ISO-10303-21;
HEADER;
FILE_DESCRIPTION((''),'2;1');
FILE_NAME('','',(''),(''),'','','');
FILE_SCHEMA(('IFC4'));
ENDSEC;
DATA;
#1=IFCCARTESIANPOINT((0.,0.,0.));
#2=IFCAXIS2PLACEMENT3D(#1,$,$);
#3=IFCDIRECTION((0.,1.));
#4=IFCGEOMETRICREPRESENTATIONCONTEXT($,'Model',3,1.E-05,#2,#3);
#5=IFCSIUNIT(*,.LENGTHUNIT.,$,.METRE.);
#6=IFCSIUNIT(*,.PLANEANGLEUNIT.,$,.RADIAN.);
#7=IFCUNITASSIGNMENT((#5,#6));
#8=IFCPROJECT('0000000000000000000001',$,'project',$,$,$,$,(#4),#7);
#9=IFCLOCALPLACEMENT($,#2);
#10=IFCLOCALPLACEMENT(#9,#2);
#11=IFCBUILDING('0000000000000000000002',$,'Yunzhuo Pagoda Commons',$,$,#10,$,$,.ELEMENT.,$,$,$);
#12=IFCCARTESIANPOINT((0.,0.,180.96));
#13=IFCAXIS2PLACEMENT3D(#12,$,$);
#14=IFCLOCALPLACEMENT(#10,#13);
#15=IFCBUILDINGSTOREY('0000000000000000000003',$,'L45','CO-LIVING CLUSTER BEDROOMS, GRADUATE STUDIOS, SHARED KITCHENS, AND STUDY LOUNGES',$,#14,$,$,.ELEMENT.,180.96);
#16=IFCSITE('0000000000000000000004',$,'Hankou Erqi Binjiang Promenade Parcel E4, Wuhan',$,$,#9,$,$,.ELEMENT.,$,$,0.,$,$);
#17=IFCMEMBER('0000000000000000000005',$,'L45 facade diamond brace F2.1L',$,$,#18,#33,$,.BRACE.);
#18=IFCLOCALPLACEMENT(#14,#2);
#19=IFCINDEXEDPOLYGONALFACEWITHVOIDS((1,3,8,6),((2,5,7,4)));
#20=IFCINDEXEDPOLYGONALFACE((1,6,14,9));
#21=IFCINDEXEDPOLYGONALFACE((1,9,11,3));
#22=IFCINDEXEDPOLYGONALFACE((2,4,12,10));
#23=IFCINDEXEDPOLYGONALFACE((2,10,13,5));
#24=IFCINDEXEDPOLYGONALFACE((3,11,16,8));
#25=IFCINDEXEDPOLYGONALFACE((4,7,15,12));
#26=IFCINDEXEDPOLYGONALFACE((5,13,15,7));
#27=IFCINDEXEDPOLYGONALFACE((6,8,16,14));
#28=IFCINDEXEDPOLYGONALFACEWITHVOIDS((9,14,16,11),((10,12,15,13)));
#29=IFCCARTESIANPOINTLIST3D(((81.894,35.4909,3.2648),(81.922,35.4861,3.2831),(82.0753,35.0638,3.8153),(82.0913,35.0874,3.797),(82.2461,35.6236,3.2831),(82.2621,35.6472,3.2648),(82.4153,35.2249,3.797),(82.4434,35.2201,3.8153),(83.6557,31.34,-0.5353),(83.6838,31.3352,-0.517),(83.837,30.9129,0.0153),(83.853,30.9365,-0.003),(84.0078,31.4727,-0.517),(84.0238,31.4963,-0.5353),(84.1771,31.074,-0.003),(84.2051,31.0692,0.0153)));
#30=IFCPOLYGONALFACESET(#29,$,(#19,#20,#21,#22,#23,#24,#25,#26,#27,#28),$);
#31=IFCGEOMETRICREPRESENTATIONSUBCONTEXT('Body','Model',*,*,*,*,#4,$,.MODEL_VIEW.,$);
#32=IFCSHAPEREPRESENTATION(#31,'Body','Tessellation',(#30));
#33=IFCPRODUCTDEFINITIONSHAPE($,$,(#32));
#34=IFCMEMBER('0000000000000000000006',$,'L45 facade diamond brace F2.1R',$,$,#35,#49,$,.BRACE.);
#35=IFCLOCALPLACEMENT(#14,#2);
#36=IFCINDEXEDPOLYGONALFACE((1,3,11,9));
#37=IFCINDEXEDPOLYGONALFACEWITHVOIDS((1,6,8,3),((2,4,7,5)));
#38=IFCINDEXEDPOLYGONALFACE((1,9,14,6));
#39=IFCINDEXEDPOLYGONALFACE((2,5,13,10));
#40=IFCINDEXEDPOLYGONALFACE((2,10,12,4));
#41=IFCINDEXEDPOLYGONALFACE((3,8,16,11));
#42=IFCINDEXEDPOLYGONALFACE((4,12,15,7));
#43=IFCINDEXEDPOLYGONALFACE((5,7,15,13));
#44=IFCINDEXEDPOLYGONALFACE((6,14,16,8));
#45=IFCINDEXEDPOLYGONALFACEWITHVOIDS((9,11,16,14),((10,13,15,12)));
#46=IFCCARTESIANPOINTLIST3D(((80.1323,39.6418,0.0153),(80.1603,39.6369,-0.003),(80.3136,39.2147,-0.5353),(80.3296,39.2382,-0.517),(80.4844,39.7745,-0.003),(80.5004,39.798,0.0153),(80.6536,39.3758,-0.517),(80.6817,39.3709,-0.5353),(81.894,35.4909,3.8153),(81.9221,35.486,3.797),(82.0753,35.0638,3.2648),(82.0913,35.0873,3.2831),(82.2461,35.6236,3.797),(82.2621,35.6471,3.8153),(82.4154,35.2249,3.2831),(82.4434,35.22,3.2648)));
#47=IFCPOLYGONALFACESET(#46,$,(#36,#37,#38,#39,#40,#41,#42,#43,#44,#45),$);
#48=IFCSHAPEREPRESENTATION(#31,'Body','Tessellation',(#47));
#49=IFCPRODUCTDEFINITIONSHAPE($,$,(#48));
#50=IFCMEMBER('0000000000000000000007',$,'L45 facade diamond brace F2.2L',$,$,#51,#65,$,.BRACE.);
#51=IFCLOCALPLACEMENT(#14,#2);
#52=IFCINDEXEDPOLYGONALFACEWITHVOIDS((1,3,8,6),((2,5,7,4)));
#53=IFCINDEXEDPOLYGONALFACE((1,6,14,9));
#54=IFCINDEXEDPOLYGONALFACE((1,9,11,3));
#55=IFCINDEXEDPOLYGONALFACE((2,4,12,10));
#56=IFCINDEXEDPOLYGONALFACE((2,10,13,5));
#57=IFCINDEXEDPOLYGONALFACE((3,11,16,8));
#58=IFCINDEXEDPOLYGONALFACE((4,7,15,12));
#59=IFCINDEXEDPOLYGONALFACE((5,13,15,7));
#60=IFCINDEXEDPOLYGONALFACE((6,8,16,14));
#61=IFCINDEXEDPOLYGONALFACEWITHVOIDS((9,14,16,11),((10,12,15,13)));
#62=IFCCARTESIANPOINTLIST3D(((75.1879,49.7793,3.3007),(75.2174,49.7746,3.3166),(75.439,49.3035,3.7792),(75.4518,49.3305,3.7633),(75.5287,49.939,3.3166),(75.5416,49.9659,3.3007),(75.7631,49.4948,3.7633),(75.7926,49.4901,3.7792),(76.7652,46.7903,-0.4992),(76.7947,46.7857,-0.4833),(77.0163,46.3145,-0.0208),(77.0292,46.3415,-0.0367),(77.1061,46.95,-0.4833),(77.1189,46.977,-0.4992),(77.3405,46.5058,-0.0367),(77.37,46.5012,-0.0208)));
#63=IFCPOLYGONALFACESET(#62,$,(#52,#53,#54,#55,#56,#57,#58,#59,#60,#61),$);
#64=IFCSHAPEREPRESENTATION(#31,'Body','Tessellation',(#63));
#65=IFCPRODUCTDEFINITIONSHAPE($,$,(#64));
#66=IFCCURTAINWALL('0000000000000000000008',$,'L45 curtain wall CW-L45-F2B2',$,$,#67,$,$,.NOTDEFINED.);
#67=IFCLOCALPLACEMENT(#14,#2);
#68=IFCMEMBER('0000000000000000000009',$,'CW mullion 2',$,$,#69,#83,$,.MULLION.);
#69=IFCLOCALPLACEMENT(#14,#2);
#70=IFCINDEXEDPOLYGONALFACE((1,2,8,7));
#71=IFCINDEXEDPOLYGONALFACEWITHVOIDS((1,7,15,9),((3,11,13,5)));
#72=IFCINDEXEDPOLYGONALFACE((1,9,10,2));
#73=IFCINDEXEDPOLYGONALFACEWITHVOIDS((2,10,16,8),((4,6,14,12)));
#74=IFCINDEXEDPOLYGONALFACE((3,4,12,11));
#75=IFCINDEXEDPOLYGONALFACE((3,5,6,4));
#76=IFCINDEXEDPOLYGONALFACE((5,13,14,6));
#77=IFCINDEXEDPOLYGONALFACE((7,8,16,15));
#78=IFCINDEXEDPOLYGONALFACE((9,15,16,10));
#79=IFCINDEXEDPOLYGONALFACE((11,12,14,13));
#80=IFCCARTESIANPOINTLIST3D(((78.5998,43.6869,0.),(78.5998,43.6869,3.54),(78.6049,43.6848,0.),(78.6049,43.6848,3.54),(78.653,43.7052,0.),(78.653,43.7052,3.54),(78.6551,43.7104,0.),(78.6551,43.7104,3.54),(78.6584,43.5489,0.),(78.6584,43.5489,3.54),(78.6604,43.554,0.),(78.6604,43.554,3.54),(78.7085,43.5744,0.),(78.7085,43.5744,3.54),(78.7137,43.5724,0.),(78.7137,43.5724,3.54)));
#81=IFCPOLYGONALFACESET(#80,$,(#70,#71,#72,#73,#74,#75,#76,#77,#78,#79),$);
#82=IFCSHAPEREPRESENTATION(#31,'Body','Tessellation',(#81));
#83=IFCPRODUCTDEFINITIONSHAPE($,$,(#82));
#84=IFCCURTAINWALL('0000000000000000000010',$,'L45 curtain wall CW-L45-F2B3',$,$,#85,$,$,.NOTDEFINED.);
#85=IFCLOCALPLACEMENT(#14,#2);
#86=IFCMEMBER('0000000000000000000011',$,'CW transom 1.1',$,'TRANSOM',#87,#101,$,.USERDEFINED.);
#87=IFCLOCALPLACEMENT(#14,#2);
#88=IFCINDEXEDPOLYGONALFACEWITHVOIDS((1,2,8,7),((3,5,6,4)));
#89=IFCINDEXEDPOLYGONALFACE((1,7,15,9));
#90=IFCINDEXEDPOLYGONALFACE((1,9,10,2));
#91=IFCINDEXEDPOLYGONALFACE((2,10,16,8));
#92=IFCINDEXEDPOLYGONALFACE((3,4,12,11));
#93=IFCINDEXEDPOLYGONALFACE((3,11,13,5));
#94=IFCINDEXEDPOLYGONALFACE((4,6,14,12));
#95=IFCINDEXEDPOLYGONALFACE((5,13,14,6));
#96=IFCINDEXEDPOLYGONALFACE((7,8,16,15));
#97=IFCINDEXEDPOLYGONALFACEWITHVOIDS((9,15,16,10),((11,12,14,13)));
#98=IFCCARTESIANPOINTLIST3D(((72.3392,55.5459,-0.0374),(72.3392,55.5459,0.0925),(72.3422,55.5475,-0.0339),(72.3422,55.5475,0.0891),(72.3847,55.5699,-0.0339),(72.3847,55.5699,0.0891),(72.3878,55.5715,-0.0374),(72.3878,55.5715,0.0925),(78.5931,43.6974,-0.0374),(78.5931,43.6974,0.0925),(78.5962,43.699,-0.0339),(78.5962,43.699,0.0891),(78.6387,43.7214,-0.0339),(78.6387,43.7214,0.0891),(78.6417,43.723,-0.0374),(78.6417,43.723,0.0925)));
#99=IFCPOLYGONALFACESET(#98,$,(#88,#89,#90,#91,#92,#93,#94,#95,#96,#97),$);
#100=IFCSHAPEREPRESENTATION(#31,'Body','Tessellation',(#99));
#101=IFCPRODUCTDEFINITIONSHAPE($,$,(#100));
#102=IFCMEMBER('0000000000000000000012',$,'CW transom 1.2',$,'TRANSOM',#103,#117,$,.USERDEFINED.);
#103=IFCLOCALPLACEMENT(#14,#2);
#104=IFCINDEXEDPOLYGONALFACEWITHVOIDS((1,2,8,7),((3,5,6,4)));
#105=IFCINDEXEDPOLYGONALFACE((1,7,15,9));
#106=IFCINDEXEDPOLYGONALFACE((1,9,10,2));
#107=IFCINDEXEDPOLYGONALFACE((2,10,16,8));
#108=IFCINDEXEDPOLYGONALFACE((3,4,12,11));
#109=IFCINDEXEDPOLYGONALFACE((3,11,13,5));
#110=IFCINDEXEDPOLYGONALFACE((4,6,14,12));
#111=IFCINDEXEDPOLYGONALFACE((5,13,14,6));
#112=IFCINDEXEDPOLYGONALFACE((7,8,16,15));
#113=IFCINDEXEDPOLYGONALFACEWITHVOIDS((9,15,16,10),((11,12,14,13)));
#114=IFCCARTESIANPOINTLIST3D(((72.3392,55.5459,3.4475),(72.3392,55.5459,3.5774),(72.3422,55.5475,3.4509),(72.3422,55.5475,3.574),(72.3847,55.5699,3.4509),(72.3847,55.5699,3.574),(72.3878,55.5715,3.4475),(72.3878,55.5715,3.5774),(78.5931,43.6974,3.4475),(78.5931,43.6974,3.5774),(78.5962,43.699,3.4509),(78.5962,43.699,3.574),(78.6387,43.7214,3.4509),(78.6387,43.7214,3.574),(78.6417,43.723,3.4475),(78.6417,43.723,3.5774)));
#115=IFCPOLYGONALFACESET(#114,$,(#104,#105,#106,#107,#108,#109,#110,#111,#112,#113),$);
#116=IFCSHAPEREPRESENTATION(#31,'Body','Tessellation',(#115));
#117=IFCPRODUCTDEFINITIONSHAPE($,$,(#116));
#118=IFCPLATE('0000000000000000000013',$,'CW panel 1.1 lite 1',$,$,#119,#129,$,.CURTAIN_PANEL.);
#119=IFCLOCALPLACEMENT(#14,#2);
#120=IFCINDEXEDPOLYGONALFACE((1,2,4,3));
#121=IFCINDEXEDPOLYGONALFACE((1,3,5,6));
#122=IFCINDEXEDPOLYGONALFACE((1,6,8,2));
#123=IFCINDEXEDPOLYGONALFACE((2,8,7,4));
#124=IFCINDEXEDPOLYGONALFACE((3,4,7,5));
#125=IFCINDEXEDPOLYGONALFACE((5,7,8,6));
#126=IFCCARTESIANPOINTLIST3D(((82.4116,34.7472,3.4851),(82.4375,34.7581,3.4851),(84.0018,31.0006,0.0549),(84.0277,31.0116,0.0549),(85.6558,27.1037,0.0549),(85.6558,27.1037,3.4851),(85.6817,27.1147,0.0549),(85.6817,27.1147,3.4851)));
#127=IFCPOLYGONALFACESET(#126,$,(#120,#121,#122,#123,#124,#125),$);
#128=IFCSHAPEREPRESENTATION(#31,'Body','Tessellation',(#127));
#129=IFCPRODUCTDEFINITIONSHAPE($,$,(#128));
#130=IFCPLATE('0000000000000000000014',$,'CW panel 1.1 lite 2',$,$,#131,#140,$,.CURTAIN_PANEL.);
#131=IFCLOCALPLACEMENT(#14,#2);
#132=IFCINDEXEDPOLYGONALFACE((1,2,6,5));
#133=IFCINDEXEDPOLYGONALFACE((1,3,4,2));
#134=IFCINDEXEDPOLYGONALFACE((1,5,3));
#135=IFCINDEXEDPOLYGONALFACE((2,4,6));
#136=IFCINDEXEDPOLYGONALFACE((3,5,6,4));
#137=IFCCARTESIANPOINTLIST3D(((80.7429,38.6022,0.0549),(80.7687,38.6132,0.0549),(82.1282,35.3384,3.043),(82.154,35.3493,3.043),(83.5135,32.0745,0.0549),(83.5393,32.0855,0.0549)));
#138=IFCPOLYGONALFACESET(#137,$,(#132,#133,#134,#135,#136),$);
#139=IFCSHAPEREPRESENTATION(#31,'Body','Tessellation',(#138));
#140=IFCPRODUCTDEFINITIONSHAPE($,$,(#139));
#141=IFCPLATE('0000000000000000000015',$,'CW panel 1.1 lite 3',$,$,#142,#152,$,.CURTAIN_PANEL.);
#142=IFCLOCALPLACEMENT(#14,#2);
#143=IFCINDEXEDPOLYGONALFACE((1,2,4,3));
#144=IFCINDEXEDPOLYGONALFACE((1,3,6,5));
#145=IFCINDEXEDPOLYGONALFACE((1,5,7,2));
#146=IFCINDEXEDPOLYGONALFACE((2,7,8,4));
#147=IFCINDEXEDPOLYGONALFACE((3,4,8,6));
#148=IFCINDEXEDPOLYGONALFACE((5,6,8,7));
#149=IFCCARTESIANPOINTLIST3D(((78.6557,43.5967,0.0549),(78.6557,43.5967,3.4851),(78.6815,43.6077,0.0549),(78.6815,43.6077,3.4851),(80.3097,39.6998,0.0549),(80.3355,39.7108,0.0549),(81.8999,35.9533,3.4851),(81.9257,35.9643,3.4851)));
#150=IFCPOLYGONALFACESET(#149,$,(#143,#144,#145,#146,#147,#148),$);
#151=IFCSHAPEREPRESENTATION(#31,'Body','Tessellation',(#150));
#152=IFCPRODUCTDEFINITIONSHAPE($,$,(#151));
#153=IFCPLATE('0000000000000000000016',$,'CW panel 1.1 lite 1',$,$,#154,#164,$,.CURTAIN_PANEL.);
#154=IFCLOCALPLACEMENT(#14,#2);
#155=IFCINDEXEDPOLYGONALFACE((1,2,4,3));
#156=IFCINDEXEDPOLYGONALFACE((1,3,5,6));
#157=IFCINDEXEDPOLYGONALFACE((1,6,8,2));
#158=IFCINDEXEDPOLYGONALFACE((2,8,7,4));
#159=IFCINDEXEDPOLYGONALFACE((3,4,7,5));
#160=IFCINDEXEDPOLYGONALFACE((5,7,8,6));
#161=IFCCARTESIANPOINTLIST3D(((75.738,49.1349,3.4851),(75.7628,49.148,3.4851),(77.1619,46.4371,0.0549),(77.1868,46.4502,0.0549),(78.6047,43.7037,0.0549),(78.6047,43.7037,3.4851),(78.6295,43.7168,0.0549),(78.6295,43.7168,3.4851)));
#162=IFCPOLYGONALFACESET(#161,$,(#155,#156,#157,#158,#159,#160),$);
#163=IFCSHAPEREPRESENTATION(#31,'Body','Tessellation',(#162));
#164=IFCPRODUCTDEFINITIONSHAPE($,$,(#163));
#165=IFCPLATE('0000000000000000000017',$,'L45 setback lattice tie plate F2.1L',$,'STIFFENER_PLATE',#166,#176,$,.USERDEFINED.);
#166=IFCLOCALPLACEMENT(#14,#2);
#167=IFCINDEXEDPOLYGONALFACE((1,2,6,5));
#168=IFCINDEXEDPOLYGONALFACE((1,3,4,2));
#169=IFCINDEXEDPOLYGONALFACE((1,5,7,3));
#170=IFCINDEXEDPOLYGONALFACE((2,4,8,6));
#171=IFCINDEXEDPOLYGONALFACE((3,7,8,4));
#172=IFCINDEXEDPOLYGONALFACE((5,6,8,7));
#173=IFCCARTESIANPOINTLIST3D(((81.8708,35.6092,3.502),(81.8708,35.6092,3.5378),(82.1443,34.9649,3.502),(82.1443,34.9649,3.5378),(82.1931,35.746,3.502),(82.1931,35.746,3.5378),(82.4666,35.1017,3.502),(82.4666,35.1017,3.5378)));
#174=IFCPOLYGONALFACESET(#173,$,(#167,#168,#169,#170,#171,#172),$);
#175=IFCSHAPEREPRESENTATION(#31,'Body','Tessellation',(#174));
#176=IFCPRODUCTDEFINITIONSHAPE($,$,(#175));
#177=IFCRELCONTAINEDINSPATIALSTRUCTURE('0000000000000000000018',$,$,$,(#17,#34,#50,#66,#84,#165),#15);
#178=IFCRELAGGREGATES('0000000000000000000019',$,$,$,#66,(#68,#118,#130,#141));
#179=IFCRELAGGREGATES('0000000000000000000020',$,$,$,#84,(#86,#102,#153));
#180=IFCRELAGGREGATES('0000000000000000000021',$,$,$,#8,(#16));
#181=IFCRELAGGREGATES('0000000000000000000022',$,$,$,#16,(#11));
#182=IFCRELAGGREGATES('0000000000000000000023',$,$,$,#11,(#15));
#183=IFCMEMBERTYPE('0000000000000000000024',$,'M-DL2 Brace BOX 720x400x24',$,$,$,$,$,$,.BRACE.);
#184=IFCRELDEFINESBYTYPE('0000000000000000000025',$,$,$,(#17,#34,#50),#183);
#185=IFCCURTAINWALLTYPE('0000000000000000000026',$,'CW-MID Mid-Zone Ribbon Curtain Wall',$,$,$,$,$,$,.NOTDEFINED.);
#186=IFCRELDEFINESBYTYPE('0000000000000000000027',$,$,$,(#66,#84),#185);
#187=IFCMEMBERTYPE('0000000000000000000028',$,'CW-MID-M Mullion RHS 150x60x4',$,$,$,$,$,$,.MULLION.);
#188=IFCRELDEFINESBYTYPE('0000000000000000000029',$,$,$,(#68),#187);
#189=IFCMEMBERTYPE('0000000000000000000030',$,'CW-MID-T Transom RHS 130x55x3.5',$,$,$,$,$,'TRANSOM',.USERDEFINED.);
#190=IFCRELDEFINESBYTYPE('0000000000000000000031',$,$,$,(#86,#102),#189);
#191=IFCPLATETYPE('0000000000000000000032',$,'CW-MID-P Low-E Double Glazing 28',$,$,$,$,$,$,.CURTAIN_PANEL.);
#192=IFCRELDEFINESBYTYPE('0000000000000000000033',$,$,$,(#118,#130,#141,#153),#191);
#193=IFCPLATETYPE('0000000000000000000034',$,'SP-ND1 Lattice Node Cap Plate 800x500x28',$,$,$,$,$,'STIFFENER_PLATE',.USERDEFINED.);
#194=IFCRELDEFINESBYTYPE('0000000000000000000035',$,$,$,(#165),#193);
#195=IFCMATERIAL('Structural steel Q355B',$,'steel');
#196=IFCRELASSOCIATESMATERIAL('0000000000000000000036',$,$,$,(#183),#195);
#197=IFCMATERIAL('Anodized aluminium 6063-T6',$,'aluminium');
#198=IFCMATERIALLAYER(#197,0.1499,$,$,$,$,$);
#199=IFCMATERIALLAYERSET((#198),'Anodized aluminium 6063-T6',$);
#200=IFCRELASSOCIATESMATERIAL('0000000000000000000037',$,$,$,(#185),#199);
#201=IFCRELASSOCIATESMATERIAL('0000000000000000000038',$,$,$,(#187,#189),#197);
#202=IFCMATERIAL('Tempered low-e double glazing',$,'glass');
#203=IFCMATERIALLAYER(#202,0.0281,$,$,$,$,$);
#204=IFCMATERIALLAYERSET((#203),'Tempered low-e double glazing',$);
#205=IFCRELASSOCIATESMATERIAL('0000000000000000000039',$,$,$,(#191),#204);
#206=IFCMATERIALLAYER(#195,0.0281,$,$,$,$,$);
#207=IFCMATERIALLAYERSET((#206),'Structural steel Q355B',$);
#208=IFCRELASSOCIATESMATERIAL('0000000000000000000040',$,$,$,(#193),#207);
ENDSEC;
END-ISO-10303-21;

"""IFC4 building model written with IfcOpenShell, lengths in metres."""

from ifc_helpers import new_model, si_unit, direction, frame, origin, origin_2d, place, context, subcontext, project, spatial, polyline, rectangle, hollow_rectangle, outline, extrude, source, transform, mapped, material, layer, layer_set, material_profile, profile_set, type_object, element, aggregate, save


model = new_model("IFC4")

# Units and contexts
model_context = context("Model", 3, precision=1e-05, world=origin(), true_north=direction((0.0, 1.0)))
body_context = subcontext(model_context, "Body", "Model", "MODEL_VIEW")
ifc_project = project(units=[si_unit("LENGTHUNIT", "METRE"), si_unit("PLANEANGLEUNIT", "RADIAN")], contexts=[model_context])

# Site, building, storey
site_placement = place(None, origin())
site = spatial("IfcSite", under=ifc_project, at=site_placement, Name="Hankou Erqi Binjiang Promenade Parcel E4, Wuhan", CompositionType="ELEMENT", RefElevation=0.0)
building_placement = place(site_placement, origin())
building = spatial("IfcBuilding", under=site, at=building_placement, Name="Yunzhuo Pagoda Commons", CompositionType="ELEMENT")
storey_placement = place(building_placement, frame((0.0, 0.0, 180.96)))
storey = spatial("IfcBuildingStorey", under=building, at=storey_placement, Name="L45", Description="CO-LIVING CLUSTER BEDROOMS, GRADUATE STUDIOS, SHARED KITCHENS, AND STUDY LOUNGES", CompositionType="ELEMENT", Elevation=180.96)

# Shared definitions
ifc_material_1 = material(Name="Structural steel Q355B", Category="steel")

# Members
ifc_material_profile_1 = material_profile(ifc_material_1, hollow_rectangle(XDim=0.3999, YDim=0.72, WallThickness=0.0239, at=origin_2d()), Name="Structural steel Q355B")
ifc_profile_set_1 = profile_set([ifc_material_profile_1], Name="Structural steel Q355B")
member_type_1 = type_object("IfcMemberType", Name="M-DL2 Brace BOX 720x400x24", PredefinedType="BRACE", material=ifc_profile_set_1)
shared_shape_1 = source(origin(), body_context, "Body", "SweptSolid", [
    extrude(hollow_rectangle(XDim=0.3999, YDim=0.72, WallThickness=0.0239, at=origin_2d()), origin(), (0.0, 0.0, 1.0), 5.897),
])
for number, where, z_axis, x_axis, name in (
    (1, (83.9304, 31.2046, -0.26), (-0.298752, 0.703905, 0.644411), (-0.920523, -0.390689, 0.0), "L45 facade diamond brace F2.1L"),
    (2, (80.407, 39.5063, -0.26), (0.298752, -0.703905, 0.644411), (0.920523, 0.390689, 0.0), "L45 facade diamond brace F2.1R"),
):
    element("IfcMember", number, at=place(storey_placement, frame(where, z_axis=z_axis, x_axis=x_axis)), inside=storey, type_object=member_type_1, Name=name, PredefinedType="BRACE", context=body_context, shape_type="MappedRepresentation", body=[
        mapped(shared_shape_1, transform((0.0, 0.0, 0.0), scale=1.0)),
    ])
shared_shape_2 = source(origin(), body_context, "Body", "SweptSolid", [
    extrude(hollow_rectangle(XDim=0.3999, YDim=0.72, WallThickness=0.0239, at=origin_2d()), origin(), (0.0, 0.0, 1.0), 5.0854),
])
member_1_placement = place(storey_placement, frame((77.0676, 46.6458, -0.26), z_axis=(-0.310172, 0.587747, 0.747226), x_axis=(-0.884402, -0.466726, 0.0)))
element("IfcMember", 3, at=member_1_placement, inside=storey, type_object=member_type_1, Name="L45 facade diamond brace F2.2L", PredefinedType="BRACE", context=body_context, shape_type="MappedRepresentation", body=[
    mapped(shared_shape_2, transform((0.0, 0.0, 0.0), scale=1.0)),
])

# Curtain wall, member
ifc_material_2 = material(Name="Anodized aluminium 6063-T6", Category="aluminium")
ifc_layer_1 = layer(ifc_material_2, 0.1499)
ifc_layer_set_1 = layer_set([ifc_layer_1], Name="Anodized aluminium 6063-T6")
curtain_wall_type = type_object("IfcCurtainWallType", Name="CW-MID Mid-Zone Ribbon Curtain Wall", PredefinedType="NOTDEFINED", material=ifc_layer_set_1)
curtain_wall_1_placement = place(storey_placement, origin())
curtain_wall_1 = element("IfcCurtainWall", 4, at=curtain_wall_1_placement, inside=storey, type_object=curtain_wall_type, Name="L45 curtain wall CW-L45-F2B2", PredefinedType="NOTDEFINED")
ifc_material_profile_2 = material_profile(ifc_material_2, hollow_rectangle(XDim=0.0601, YDim=0.1499, WallThickness=0.0039, at=origin_2d()), Name="Anodized aluminium 6063-T6")
ifc_profile_set_2 = profile_set([ifc_material_profile_2], Name="Anodized aluminium 6063-T6")
member_type_2 = type_object("IfcMemberType", Name="CW-MID-M Mullion RHS 150x60x4", PredefinedType="MULLION", material=ifc_profile_set_2)
shared_shape_3 = source(origin(), body_context, "Body", "SweptSolid", [
    extrude(hollow_rectangle(XDim=0.0601, YDim=0.1499, WallThickness=0.0039, at=origin_2d()), origin(), (0.0, 0.0, 1.0), 3.54),
])
member_2_placement = place(storey_placement, frame((78.6567, 43.6296, 0.0), z_axis=(0.0, 0.0, 1.0), x_axis=(-0.920515, -0.390706, 0.0)))
member_2 = element("IfcMember", 5, at=member_2_placement, type_object=member_type_2, Name="CW mullion 2", PredefinedType="MULLION", context=body_context, shape_type="MappedRepresentation", body=[
    mapped(shared_shape_3, transform((0.0, 0.0, 0.0), scale=1.0)),
])

# Curtain wall, members
curtain_wall_2_placement = place(storey_placement, origin())
curtain_wall_2 = element("IfcCurtainWall", 6, at=curtain_wall_2_placement, inside=storey, type_object=curtain_wall_type, Name="L45 curtain wall CW-L45-F2B3", PredefinedType="NOTDEFINED")
ifc_material_profile_3 = material_profile(ifc_material_2, hollow_rectangle(XDim=0.0549, YDim=0.1299, WallThickness=0.0034, at=origin_2d()), Name="Anodized aluminium 6063-T6")
ifc_profile_set_3 = profile_set([ifc_material_profile_3], Name="Anodized aluminium 6063-T6")
member_type_3 = type_object("IfcMemberType", Name="CW-MID-T Transom RHS 130x55x3.5", ElementType="TRANSOM", PredefinedType="USERDEFINED", material=ifc_profile_set_3)
shared_shape_4 = source(origin(), body_context, "Body", "SweptSolid", [
    extrude(hollow_rectangle(XDim=0.0549, YDim=0.1299, WallThickness=0.0034, at=origin_2d()), origin(), (0.0, 0.0, 1.0), 13.3977),
])
member_3_placement = place(storey_placement, frame((78.6174, 43.7102, 0.0276), z_axis=(-0.466793, 0.884367, 0.0), x_axis=(-0.884367, -0.466793, 0.0)))
member_3 = element("IfcMember", 7, at=member_3_placement, type_object=member_type_3, Name="CW transom 1.1", ObjectType="TRANSOM", PredefinedType="USERDEFINED", context=body_context, shape_type="MappedRepresentation", body=[
    mapped(shared_shape_4, transform((0.0, 0.0, 0.0), scale=1.0)),
])
member_4_placement = place(storey_placement, frame((78.6174, 43.7102, 3.5125), z_axis=(-0.466793, 0.884367, 0.0), x_axis=(-0.884367, -0.466793, 0.0)))
member_4 = element("IfcMember", 8, at=member_4_placement, type_object=member_type_3, Name="CW transom 1.2", ObjectType="TRANSOM", PredefinedType="USERDEFINED", context=body_context, shape_type="MappedRepresentation", body=[
    mapped(shared_shape_4, transform((0.0, 0.0, 0.0), scale=1.0)),
])

# Plates
ifc_material_3 = material(Name="Tempered low-e double glazing", Category="glass")
ifc_layer_2 = layer(ifc_material_3, 0.0281)
ifc_layer_set_2 = layer_set([ifc_layer_2], Name="Tempered low-e double glazing")
plate_type_1 = type_object("IfcPlateType", Name="CW-MID-P Low-E Double Glazing 28", PredefinedType="CURTAIN_PANEL", material=ifc_layer_set_2)
plate_1_placement = place(storey_placement, frame((84.0337, 30.9255, 1.77), z_axis=(0.920515, 0.390706, 0.0), x_axis=(-0.390706, 0.920515, 0.0)))
plate_1 = element("IfcPlate", 9, at=plate_1_placement, type_object=plate_type_1, Name="CW panel 1.1 lite 1", PredefinedType="CURTAIN_PANEL", context=body_context, shape_type="SweptSolid", body=[
    extrude(outline(polyline([(-4.1519, -1.7151), (0.0815, -1.7151), (4.1516, 1.7151), (-4.1519, 1.7151), (-4.1519, -1.7151)])), origin(), (0.0, 0.0, 1.0), 0.0281),
])
plate_2_placement = place(storey_placement, frame((82.1282, 35.3384, 1.5491), z_axis=(0.920515, 0.390706, 0.0), x_axis=(-0.390706, 0.920515, 0.0)))
plate_2 = element("IfcPlate", 10, at=plate_2_placement, type_object=plate_type_1, Name="CW panel 1.1 lite 2", PredefinedType="CURTAIN_PANEL", context=body_context, shape_type="SweptSolid", body=[
    extrude(outline(polyline([(-3.5457, -1.4941), (3.5457, -1.4941), (0.0, 1.4939), (-3.5457, -1.4941)])), origin(), (0.0, 0.0, 1.0), 0.0281),
])
plate_3_placement = place(storey_placement, frame((80.2778, 39.7749, 1.77), z_axis=(0.920515, 0.390706, 0.0), x_axis=(-0.390706, 0.920515, 0.0)))
plate_3 = element("IfcPlate", 11, at=plate_3_placement, type_object=plate_type_1, Name="CW panel 1.1 lite 3", PredefinedType="CURTAIN_PANEL", context=body_context, shape_type="SweptSolid", body=[
    extrude(outline(polyline([(-4.1516, 1.7151), (-0.0815, -1.7151), (4.1519, -1.7151), (4.1519, 1.7151), (-4.1516, 1.7151)])), origin(), (0.0, 0.0, 1.0), 0.0281),
])
aggregate(curtain_wall_1, [member_2, plate_1, plate_2, plate_3])
plate_4_placement = place(storey_placement, frame((77.1714, 46.4192, 1.77), z_axis=(0.884373, 0.466781, 0.0), x_axis=(-0.466781, 0.884373, 0.0)))
plate_4 = element("IfcPlate", 12, at=plate_4_placement, type_object=plate_type_1, Name="CW panel 1.1 lite 1", PredefinedType="CURTAIN_PANEL", context=body_context, shape_type="SweptSolid", body=[
    extrude(outline(polyline([(-3.0706, -1.7151), (0.0203, -1.7151), (3.0708, 1.7151), (-3.0706, 1.7151), (-3.0706, -1.7151)])), origin(), (0.0, 0.0, 1.0), 0.0281),
])
aggregate(curtain_wall_2, [member_3, member_4, plate_4])
ifc_layer_3 = layer(ifc_material_1, 0.0281)
ifc_layer_set_3 = layer_set([ifc_layer_3], Name="Structural steel Q355B")
plate_type_2 = type_object("IfcPlateType", Name="SP-ND1 Lattice Node Cap Plate 800x500x28", ElementType="STIFFENER_PLATE", PredefinedType="USERDEFINED", material=ifc_layer_set_3)
shared_shape_5 = source(origin(), body_context, "Body", "SweptSolid", [
    extrude(rectangle(XDim=0.7, YDim=0.3501, at=origin_2d()), origin(), (0.0, 0.0, 1.0), 0.0359),
])
plate_5_placement = place(storey_placement, frame((82.1687, 35.3555, 3.502), z_axis=(0.0, 0.0, 1.0), x_axis=(-0.390699, 0.920518, 0.0)))
element("IfcPlate", 13, at=plate_5_placement, inside=storey, type_object=plate_type_2, Name="L45 setback lattice tie plate F2.1L", ObjectType="STIFFENER_PLATE", PredefinedType="USERDEFINED", context=body_context, shape_type="MappedRepresentation", body=[
    mapped(shared_shape_5, transform((0.0, 0.0, 0.0), scale=1.0)),
])

save(model, "model.ifc")
